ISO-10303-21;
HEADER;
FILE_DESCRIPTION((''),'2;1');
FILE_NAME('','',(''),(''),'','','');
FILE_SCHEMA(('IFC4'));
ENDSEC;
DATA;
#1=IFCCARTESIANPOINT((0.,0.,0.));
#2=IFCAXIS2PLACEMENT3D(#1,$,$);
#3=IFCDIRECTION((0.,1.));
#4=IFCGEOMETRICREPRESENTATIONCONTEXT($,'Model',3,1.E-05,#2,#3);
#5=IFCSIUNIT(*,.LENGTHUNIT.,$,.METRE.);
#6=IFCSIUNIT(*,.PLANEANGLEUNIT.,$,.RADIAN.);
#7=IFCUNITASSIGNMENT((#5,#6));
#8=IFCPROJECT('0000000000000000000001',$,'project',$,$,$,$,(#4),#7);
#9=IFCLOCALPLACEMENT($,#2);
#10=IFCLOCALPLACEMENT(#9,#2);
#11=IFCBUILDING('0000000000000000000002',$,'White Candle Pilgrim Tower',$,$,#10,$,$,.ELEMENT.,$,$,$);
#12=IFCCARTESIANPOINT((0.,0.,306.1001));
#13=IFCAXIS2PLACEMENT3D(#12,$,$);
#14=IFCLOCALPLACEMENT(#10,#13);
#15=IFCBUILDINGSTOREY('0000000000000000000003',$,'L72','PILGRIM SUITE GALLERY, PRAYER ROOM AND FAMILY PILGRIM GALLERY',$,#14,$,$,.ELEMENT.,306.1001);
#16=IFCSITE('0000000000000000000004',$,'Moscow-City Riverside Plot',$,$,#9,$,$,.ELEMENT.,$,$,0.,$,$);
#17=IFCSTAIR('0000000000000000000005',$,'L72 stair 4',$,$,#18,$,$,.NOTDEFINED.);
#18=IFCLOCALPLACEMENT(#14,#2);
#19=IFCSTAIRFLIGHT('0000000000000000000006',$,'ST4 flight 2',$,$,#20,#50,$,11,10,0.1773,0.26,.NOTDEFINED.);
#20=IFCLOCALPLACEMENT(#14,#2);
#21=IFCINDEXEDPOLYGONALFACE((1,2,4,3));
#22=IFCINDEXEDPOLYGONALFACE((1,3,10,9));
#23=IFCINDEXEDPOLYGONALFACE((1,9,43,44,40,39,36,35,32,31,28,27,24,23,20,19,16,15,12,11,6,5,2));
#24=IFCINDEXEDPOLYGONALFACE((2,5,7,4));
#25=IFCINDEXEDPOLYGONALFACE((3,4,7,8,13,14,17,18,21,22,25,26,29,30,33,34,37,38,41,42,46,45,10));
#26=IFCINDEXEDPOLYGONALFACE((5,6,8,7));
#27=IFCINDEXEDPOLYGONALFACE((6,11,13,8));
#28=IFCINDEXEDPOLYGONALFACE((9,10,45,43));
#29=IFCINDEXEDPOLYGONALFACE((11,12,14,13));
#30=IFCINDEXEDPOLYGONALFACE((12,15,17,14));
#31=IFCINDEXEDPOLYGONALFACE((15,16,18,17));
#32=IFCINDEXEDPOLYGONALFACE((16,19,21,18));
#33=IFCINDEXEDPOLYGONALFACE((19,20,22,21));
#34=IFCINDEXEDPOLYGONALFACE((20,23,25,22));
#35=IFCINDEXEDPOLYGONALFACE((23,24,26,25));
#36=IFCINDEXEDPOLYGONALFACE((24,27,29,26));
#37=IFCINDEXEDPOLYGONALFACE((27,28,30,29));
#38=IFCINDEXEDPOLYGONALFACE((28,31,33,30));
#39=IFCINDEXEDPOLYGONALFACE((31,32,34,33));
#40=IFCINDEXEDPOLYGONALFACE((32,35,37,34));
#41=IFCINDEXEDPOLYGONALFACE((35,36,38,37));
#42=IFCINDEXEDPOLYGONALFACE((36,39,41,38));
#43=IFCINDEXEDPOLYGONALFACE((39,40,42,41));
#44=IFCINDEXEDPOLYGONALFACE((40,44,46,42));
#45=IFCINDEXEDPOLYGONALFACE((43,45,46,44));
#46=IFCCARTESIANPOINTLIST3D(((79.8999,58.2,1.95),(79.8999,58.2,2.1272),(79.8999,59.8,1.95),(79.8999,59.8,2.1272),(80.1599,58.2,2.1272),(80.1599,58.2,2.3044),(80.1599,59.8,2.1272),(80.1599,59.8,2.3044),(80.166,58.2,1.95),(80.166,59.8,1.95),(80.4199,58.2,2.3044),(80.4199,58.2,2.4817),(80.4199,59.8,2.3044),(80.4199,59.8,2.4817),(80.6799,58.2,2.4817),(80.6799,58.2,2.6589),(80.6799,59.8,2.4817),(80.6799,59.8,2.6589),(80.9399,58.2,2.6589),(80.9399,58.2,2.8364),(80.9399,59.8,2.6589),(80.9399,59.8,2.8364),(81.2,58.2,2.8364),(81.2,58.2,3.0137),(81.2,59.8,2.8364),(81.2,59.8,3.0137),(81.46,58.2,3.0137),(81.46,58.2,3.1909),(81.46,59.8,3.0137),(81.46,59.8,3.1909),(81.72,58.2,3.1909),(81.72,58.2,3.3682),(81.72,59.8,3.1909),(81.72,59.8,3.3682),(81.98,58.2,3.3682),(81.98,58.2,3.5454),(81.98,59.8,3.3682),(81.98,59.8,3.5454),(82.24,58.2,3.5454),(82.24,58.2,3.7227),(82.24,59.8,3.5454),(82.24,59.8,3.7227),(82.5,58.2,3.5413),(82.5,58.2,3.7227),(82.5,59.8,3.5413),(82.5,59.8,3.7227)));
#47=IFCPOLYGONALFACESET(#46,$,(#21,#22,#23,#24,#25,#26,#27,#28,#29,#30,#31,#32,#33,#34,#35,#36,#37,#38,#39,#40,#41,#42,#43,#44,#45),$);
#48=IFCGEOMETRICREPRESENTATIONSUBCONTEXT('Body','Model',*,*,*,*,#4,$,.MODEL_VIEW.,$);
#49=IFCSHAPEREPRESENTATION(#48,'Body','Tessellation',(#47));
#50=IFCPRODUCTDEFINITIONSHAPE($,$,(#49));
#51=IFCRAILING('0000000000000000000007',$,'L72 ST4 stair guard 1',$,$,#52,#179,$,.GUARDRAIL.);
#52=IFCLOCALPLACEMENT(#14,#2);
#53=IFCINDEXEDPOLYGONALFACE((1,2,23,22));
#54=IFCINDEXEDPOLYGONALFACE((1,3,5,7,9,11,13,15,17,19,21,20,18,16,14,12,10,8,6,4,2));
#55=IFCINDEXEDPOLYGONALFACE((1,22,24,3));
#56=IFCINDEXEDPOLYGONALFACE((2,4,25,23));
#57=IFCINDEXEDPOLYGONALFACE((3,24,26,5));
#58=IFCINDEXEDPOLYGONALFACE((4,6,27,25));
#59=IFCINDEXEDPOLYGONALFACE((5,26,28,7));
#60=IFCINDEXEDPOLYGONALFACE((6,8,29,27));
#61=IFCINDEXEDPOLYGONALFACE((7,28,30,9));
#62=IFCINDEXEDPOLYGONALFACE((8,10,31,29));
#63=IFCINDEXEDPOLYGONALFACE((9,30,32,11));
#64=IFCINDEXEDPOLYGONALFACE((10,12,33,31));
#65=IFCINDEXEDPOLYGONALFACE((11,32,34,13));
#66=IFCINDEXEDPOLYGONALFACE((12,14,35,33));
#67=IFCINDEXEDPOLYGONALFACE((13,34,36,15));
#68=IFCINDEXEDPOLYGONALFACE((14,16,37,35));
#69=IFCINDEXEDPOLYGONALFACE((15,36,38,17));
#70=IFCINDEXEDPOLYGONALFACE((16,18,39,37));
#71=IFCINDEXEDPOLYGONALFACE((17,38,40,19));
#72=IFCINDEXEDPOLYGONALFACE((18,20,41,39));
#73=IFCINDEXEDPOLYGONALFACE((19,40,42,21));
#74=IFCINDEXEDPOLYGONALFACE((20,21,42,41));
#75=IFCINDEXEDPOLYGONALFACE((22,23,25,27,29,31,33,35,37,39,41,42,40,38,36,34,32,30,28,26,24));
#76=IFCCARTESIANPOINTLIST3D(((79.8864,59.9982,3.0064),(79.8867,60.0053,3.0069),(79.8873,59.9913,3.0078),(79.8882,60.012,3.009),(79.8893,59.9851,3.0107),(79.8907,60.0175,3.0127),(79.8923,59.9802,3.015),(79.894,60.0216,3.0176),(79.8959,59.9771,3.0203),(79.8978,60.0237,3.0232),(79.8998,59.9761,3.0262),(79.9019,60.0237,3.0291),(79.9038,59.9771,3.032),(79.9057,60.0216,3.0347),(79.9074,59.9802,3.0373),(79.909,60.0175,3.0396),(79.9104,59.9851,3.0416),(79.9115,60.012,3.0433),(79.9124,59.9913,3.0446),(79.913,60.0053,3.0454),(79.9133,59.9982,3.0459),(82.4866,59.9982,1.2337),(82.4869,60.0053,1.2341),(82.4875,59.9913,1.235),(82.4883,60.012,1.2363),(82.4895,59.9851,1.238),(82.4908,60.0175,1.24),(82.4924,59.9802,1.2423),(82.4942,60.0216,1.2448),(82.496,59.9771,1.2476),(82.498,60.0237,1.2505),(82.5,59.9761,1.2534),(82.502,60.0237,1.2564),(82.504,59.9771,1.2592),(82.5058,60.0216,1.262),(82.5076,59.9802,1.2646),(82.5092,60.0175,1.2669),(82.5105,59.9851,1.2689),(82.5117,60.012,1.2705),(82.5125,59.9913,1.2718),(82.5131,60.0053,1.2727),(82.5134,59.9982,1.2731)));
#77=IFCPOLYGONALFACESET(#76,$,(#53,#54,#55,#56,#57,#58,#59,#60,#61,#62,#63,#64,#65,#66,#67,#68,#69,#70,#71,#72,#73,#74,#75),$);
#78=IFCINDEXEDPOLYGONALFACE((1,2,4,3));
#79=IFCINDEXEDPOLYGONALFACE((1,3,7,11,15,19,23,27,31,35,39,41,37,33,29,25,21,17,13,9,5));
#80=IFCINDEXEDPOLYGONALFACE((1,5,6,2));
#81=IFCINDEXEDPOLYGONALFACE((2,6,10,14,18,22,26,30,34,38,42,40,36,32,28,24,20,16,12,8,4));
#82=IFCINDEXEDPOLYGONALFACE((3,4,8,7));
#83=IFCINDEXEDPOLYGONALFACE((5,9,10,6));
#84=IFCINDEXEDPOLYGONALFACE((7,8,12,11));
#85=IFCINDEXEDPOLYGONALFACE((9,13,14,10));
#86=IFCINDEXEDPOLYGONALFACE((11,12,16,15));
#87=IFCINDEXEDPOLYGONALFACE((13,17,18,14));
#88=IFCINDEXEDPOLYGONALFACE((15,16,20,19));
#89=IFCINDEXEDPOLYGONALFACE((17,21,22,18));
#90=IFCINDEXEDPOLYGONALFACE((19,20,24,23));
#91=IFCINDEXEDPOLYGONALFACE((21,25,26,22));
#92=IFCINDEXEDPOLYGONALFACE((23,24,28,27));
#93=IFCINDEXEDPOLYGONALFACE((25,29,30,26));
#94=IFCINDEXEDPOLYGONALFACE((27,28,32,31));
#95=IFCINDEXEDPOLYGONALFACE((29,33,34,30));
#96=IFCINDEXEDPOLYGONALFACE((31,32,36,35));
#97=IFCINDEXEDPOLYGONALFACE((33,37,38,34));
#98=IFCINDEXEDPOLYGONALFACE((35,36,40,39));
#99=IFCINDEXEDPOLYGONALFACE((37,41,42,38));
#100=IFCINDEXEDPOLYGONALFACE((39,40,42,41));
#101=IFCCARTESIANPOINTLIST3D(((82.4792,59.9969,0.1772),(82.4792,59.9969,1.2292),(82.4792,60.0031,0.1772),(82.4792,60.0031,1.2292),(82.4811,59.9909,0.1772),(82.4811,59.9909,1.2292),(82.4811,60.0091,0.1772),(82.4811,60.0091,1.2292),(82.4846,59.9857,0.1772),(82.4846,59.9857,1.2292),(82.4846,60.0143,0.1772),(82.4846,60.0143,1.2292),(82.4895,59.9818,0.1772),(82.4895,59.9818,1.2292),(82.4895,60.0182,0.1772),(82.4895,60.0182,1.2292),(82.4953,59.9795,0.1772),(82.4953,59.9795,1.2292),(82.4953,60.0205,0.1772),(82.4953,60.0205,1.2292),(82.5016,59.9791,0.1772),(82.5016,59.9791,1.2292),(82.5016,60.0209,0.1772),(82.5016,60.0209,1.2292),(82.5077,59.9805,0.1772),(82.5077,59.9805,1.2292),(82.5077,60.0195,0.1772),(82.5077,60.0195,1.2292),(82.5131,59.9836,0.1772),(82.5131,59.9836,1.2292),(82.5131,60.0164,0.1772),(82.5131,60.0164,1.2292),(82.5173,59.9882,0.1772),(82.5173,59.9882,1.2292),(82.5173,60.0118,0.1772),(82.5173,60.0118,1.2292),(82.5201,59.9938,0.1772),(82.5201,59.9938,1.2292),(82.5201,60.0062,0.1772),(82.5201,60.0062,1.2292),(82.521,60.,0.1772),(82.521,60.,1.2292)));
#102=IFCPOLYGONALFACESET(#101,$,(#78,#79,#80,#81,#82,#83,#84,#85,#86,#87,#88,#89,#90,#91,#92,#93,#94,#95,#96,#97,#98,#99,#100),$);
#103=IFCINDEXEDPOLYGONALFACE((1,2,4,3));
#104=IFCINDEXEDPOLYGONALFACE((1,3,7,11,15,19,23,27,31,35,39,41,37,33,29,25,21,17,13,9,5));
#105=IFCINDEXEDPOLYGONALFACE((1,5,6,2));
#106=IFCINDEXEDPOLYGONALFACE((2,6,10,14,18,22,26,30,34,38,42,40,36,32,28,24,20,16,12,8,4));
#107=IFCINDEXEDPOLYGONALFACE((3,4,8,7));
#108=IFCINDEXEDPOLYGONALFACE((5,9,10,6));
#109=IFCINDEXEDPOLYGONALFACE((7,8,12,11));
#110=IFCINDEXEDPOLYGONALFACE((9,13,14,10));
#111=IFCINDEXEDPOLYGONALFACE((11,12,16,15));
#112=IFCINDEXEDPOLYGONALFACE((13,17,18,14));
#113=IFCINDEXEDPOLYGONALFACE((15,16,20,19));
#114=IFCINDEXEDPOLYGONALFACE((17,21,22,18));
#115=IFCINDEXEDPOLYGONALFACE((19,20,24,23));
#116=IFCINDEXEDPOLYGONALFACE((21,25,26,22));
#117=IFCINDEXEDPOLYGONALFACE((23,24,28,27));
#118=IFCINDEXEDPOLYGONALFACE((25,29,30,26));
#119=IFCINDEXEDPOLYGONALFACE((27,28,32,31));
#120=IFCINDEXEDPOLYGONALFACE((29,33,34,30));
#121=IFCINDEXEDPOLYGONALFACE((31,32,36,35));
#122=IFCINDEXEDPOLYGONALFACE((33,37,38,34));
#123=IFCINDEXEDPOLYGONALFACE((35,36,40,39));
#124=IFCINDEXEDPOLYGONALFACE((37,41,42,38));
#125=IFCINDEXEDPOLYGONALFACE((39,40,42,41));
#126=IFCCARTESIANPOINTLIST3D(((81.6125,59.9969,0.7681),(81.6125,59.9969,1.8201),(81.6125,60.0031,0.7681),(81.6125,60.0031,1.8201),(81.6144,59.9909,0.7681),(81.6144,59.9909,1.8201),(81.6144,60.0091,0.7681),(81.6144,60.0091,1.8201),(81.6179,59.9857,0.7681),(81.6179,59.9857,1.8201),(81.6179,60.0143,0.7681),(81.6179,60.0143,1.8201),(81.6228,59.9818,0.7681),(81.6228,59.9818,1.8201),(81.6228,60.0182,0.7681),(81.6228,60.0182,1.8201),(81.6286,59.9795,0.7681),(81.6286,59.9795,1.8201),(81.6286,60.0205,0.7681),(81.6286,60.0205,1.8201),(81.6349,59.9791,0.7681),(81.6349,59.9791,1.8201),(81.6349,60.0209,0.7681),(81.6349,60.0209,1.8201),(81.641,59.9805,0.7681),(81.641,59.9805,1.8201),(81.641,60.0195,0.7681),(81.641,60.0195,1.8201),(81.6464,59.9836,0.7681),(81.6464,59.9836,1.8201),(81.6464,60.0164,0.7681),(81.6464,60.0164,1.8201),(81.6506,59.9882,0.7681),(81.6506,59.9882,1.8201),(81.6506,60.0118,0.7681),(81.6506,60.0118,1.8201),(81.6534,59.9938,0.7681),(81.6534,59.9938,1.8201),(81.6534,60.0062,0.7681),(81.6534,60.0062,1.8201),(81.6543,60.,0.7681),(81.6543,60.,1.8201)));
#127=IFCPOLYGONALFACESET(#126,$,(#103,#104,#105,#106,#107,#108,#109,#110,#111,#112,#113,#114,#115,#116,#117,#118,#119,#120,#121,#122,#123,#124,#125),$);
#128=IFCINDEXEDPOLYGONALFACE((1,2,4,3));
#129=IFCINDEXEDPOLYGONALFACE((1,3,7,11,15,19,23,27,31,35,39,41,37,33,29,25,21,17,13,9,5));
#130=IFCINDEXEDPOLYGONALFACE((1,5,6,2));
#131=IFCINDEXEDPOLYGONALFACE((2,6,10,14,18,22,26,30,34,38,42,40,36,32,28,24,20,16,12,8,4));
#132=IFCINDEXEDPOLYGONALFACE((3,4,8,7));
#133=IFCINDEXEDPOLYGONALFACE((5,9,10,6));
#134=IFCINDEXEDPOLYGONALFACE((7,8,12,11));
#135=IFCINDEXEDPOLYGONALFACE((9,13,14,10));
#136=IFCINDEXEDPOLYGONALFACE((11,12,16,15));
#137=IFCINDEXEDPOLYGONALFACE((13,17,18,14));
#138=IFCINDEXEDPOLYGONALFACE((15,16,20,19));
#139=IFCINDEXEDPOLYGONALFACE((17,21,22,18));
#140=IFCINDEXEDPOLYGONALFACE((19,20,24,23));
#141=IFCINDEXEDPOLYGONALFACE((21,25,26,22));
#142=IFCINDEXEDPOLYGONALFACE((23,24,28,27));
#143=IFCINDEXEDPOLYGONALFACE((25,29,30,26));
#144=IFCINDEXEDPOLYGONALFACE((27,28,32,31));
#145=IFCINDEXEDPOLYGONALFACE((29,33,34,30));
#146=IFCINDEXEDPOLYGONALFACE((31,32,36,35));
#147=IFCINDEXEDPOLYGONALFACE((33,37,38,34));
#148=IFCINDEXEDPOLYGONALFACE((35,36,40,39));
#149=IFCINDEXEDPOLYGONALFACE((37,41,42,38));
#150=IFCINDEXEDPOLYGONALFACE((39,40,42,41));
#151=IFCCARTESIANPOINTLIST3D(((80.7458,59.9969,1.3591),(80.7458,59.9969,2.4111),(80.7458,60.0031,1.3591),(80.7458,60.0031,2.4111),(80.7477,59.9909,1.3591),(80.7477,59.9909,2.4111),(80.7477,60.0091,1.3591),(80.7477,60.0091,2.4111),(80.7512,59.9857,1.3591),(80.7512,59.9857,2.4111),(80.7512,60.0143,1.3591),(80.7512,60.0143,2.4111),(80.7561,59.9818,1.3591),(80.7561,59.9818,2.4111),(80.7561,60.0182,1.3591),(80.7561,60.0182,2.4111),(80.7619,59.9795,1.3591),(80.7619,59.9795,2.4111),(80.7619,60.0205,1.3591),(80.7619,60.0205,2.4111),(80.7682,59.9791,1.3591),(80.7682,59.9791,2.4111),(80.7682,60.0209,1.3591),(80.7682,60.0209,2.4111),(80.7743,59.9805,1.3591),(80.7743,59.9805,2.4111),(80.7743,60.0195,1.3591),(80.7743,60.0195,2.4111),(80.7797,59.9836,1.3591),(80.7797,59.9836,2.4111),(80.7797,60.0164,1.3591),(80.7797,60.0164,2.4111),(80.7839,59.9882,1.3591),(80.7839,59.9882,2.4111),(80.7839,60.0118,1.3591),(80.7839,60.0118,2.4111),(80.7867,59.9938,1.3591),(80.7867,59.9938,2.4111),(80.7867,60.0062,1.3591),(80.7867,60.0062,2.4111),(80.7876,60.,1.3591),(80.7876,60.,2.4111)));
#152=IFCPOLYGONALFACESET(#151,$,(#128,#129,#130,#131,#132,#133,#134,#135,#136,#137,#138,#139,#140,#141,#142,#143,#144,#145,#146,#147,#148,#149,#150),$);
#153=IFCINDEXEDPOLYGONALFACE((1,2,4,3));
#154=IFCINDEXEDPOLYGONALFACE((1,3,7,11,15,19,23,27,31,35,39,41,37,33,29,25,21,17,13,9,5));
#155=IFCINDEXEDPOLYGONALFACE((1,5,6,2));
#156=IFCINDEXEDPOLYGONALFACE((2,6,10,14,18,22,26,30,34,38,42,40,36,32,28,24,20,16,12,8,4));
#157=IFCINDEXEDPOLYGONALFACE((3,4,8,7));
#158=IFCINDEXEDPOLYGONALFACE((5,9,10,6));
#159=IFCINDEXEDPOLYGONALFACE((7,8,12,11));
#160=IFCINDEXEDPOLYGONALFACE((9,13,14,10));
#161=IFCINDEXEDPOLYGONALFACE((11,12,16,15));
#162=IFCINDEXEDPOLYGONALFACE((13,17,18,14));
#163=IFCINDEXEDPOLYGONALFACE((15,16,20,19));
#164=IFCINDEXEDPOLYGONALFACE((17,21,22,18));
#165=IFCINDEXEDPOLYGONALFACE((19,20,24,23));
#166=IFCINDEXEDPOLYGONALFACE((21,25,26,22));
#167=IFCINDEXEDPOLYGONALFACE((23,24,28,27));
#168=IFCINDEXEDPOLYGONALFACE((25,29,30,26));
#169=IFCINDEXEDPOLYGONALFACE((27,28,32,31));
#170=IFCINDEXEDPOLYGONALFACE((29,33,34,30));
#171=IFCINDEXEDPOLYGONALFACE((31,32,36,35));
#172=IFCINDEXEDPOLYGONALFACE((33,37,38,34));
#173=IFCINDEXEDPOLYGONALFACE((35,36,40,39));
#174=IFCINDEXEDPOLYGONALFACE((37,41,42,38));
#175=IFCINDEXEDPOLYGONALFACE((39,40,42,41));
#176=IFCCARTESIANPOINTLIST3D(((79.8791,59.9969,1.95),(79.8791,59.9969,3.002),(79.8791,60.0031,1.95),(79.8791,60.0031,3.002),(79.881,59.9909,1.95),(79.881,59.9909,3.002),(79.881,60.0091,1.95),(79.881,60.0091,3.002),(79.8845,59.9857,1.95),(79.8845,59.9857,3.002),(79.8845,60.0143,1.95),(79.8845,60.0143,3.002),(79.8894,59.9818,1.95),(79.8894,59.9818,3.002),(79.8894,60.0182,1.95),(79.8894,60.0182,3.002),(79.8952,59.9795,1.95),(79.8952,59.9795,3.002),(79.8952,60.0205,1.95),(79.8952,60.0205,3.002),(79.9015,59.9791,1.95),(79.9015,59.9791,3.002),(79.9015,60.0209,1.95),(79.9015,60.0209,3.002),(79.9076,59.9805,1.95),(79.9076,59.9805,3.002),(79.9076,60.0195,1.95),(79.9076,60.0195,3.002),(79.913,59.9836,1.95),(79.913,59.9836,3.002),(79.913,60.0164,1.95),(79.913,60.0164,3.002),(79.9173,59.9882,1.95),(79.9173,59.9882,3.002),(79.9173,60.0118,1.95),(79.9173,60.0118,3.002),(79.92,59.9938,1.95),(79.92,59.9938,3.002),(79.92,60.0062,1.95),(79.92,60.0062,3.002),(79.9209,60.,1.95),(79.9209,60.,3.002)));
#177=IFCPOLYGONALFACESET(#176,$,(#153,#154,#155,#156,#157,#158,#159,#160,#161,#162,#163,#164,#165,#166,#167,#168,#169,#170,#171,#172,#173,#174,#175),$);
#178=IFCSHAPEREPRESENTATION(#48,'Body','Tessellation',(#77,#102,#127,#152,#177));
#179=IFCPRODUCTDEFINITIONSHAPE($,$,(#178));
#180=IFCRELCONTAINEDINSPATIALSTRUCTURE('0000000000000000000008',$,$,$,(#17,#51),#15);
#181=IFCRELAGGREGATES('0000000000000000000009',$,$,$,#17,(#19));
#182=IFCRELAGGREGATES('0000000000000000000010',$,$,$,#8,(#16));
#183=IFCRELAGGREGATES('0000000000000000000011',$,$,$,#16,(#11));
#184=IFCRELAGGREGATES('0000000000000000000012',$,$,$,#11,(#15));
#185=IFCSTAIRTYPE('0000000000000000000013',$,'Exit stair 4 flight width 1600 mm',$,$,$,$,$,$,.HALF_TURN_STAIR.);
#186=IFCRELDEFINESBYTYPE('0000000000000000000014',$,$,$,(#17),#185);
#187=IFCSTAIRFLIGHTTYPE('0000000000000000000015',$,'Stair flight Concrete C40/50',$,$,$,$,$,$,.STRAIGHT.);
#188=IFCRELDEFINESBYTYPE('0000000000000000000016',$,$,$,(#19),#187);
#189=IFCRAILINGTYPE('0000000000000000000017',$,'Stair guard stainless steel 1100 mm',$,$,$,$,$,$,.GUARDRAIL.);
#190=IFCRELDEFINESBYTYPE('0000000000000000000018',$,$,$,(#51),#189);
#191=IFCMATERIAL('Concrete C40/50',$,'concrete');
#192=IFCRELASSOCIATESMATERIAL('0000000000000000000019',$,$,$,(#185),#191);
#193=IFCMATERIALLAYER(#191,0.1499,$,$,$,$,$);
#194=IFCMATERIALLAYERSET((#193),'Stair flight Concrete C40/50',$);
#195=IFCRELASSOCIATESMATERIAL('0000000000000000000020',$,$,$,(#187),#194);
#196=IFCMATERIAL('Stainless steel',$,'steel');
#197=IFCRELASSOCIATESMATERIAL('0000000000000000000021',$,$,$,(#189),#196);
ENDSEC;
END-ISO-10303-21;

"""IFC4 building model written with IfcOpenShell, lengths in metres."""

from ifc_helpers import new_model, si_unit, direction, frame, origin, origin_2d, place, context, subcontext, project, spatial, polyline, circle, outline, extrude, material, layer, layer_set, type_object, element, aggregate, save


model = new_model("IFC4")

# Units and contexts
model_context = context("Model", 3, precision=1e-05, world=origin(), true_north=direction((0.0, 1.0)))
body_context = subcontext(model_context, "Body", "Model", "MODEL_VIEW")
ifc_project = project(units=[si_unit("LENGTHUNIT", "METRE"), si_unit("PLANEANGLEUNIT", "RADIAN")], contexts=[model_context])

# Site, building, storey
site_placement = place(None, origin())
site = spatial("IfcSite", under=ifc_project, at=site_placement, Name="Moscow-City Riverside Plot", CompositionType="ELEMENT", RefElevation=0.0)
building_placement = place(site_placement, origin())
building = spatial("IfcBuilding", under=site, at=building_placement, Name="White Candle Pilgrim Tower", CompositionType="ELEMENT")
storey_placement = place(building_placement, frame((0.0, 0.0, 306.1001)))
storey = spatial("IfcBuildingStorey", under=building, at=storey_placement, Name="L72", Description="PILGRIM SUITE GALLERY, PRAYER ROOM AND FAMILY PILGRIM GALLERY", CompositionType="ELEMENT", Elevation=306.1001)

# Stair, stair flight
ifc_material_1 = material(Name="Concrete C40/50", Category="concrete")
stair_type = type_object("IfcStairType", Name="Exit stair 4 flight width 1600 mm", PredefinedType="HALF_TURN_STAIR", material=ifc_material_1)
stair_placement = place(storey_placement, origin())
stair = element("IfcStair", 1, at=stair_placement, inside=storey, type_object=stair_type, Name="L72 stair 4", PredefinedType="NOTDEFINED")
ifc_layer_1 = layer(ifc_material_1, 0.1499)
ifc_layer_set_1 = layer_set([ifc_layer_1], Name="Stair flight Concrete C40/50")
stair_flight_type = type_object("IfcStairFlightType", Name="Stair flight Concrete C40/50", PredefinedType="STRAIGHT", material=ifc_layer_set_1)
stair_flight_1_placement = place(storey_placement, frame((79.8999, 59.0, 1.95), z_axis=(0.0, 0.0, 1.0), x_axis=(1.0, 0.0, 0.0)))
stair_flight_1 = element("IfcStairFlight", 2, at=stair_flight_1_placement, type_object=stair_flight_type, Name="ST4 flight 2", NumberOfRisers=11, NumberOfTreads=10, PredefinedType="NOTDEFINED", RiserHeight=0.1773, TreadLength=0.26, context=body_context, shape_type="SweptSolid", body=[
    extrude(outline(polyline([(0.0, 0.0), (0.0, 0.1772), (0.26, 0.1772), (0.26, 0.3545), (0.52, 0.3545), (0.52, 0.5317), (0.78, 0.5317), (0.78, 0.709), (1.04, 0.709), (1.04, 0.8865), (1.3, 0.8865), (1.3, 1.0637), (1.5601, 1.0637), (1.5601, 1.241), (1.8201, 1.241), (1.8201, 1.4182), (2.0801, 1.4182), (2.0801, 1.5955), (2.3401, 1.5955), (2.3401, 1.7727), (2.6001, 1.7727), (2.6001, 1.95), (2.6001, 1.5913), (0.2661, 0.0), (0.0, 0.0)])), frame((0.0, 0.8, 0.0), z_axis=(0.0, -1.0, 0.0), x_axis=(1.0, 0.0, 0.0)), (0.0, 0.0, 1.0), 1.6001),
])
aggregate(stair, [stair_flight_1])

# Railing
ifc_material_2 = material(Name="Stainless steel", Category="steel")
railing_type_1 = type_object("IfcRailingType", Name="Stair guard stainless steel 1100 mm", PredefinedType="GUARDRAIL", material=ifc_material_2)
railing_1_placement = place(storey_placement, frame((82.5, 60.0, 0.1772)))
element("IfcRailing", 3, at=railing_1_placement, inside=storey, type_object=railing_type_1, Name="L72 ST4 stair guard 1", PredefinedType="GUARDRAIL", context=body_context, shape_type="SweptSolid", body=[
    extrude(circle(Radius=0.0239, at=origin_2d()), frame((0.0, 0.0, 1.0762), z_axis=(-0.82624, 0.0, 0.563318), x_axis=(0.0, -1.0, 0.0)), (0.0, 0.0, 1.0), 3.147),
    extrude(circle(Radius=0.021, at=origin_2d()), origin(), (0.0, 0.0, 1.0), 1.052),
    extrude(circle(Radius=0.021, at=origin_2d()), frame((-0.8667, 0.0, 0.5908)), (0.0, 0.0, 1.0), 1.052),
    extrude(circle(Radius=0.021, at=origin_2d()), frame((-1.7334, 0.0, 1.1819)), (0.0, 0.0, 1.0), 1.052),
    extrude(circle(Radius=0.021, at=origin_2d()), frame((-2.6001, 0.0, 1.7727)), (0.0, 0.0, 1.0), 1.052),
])

save(model, "model.ifc")
